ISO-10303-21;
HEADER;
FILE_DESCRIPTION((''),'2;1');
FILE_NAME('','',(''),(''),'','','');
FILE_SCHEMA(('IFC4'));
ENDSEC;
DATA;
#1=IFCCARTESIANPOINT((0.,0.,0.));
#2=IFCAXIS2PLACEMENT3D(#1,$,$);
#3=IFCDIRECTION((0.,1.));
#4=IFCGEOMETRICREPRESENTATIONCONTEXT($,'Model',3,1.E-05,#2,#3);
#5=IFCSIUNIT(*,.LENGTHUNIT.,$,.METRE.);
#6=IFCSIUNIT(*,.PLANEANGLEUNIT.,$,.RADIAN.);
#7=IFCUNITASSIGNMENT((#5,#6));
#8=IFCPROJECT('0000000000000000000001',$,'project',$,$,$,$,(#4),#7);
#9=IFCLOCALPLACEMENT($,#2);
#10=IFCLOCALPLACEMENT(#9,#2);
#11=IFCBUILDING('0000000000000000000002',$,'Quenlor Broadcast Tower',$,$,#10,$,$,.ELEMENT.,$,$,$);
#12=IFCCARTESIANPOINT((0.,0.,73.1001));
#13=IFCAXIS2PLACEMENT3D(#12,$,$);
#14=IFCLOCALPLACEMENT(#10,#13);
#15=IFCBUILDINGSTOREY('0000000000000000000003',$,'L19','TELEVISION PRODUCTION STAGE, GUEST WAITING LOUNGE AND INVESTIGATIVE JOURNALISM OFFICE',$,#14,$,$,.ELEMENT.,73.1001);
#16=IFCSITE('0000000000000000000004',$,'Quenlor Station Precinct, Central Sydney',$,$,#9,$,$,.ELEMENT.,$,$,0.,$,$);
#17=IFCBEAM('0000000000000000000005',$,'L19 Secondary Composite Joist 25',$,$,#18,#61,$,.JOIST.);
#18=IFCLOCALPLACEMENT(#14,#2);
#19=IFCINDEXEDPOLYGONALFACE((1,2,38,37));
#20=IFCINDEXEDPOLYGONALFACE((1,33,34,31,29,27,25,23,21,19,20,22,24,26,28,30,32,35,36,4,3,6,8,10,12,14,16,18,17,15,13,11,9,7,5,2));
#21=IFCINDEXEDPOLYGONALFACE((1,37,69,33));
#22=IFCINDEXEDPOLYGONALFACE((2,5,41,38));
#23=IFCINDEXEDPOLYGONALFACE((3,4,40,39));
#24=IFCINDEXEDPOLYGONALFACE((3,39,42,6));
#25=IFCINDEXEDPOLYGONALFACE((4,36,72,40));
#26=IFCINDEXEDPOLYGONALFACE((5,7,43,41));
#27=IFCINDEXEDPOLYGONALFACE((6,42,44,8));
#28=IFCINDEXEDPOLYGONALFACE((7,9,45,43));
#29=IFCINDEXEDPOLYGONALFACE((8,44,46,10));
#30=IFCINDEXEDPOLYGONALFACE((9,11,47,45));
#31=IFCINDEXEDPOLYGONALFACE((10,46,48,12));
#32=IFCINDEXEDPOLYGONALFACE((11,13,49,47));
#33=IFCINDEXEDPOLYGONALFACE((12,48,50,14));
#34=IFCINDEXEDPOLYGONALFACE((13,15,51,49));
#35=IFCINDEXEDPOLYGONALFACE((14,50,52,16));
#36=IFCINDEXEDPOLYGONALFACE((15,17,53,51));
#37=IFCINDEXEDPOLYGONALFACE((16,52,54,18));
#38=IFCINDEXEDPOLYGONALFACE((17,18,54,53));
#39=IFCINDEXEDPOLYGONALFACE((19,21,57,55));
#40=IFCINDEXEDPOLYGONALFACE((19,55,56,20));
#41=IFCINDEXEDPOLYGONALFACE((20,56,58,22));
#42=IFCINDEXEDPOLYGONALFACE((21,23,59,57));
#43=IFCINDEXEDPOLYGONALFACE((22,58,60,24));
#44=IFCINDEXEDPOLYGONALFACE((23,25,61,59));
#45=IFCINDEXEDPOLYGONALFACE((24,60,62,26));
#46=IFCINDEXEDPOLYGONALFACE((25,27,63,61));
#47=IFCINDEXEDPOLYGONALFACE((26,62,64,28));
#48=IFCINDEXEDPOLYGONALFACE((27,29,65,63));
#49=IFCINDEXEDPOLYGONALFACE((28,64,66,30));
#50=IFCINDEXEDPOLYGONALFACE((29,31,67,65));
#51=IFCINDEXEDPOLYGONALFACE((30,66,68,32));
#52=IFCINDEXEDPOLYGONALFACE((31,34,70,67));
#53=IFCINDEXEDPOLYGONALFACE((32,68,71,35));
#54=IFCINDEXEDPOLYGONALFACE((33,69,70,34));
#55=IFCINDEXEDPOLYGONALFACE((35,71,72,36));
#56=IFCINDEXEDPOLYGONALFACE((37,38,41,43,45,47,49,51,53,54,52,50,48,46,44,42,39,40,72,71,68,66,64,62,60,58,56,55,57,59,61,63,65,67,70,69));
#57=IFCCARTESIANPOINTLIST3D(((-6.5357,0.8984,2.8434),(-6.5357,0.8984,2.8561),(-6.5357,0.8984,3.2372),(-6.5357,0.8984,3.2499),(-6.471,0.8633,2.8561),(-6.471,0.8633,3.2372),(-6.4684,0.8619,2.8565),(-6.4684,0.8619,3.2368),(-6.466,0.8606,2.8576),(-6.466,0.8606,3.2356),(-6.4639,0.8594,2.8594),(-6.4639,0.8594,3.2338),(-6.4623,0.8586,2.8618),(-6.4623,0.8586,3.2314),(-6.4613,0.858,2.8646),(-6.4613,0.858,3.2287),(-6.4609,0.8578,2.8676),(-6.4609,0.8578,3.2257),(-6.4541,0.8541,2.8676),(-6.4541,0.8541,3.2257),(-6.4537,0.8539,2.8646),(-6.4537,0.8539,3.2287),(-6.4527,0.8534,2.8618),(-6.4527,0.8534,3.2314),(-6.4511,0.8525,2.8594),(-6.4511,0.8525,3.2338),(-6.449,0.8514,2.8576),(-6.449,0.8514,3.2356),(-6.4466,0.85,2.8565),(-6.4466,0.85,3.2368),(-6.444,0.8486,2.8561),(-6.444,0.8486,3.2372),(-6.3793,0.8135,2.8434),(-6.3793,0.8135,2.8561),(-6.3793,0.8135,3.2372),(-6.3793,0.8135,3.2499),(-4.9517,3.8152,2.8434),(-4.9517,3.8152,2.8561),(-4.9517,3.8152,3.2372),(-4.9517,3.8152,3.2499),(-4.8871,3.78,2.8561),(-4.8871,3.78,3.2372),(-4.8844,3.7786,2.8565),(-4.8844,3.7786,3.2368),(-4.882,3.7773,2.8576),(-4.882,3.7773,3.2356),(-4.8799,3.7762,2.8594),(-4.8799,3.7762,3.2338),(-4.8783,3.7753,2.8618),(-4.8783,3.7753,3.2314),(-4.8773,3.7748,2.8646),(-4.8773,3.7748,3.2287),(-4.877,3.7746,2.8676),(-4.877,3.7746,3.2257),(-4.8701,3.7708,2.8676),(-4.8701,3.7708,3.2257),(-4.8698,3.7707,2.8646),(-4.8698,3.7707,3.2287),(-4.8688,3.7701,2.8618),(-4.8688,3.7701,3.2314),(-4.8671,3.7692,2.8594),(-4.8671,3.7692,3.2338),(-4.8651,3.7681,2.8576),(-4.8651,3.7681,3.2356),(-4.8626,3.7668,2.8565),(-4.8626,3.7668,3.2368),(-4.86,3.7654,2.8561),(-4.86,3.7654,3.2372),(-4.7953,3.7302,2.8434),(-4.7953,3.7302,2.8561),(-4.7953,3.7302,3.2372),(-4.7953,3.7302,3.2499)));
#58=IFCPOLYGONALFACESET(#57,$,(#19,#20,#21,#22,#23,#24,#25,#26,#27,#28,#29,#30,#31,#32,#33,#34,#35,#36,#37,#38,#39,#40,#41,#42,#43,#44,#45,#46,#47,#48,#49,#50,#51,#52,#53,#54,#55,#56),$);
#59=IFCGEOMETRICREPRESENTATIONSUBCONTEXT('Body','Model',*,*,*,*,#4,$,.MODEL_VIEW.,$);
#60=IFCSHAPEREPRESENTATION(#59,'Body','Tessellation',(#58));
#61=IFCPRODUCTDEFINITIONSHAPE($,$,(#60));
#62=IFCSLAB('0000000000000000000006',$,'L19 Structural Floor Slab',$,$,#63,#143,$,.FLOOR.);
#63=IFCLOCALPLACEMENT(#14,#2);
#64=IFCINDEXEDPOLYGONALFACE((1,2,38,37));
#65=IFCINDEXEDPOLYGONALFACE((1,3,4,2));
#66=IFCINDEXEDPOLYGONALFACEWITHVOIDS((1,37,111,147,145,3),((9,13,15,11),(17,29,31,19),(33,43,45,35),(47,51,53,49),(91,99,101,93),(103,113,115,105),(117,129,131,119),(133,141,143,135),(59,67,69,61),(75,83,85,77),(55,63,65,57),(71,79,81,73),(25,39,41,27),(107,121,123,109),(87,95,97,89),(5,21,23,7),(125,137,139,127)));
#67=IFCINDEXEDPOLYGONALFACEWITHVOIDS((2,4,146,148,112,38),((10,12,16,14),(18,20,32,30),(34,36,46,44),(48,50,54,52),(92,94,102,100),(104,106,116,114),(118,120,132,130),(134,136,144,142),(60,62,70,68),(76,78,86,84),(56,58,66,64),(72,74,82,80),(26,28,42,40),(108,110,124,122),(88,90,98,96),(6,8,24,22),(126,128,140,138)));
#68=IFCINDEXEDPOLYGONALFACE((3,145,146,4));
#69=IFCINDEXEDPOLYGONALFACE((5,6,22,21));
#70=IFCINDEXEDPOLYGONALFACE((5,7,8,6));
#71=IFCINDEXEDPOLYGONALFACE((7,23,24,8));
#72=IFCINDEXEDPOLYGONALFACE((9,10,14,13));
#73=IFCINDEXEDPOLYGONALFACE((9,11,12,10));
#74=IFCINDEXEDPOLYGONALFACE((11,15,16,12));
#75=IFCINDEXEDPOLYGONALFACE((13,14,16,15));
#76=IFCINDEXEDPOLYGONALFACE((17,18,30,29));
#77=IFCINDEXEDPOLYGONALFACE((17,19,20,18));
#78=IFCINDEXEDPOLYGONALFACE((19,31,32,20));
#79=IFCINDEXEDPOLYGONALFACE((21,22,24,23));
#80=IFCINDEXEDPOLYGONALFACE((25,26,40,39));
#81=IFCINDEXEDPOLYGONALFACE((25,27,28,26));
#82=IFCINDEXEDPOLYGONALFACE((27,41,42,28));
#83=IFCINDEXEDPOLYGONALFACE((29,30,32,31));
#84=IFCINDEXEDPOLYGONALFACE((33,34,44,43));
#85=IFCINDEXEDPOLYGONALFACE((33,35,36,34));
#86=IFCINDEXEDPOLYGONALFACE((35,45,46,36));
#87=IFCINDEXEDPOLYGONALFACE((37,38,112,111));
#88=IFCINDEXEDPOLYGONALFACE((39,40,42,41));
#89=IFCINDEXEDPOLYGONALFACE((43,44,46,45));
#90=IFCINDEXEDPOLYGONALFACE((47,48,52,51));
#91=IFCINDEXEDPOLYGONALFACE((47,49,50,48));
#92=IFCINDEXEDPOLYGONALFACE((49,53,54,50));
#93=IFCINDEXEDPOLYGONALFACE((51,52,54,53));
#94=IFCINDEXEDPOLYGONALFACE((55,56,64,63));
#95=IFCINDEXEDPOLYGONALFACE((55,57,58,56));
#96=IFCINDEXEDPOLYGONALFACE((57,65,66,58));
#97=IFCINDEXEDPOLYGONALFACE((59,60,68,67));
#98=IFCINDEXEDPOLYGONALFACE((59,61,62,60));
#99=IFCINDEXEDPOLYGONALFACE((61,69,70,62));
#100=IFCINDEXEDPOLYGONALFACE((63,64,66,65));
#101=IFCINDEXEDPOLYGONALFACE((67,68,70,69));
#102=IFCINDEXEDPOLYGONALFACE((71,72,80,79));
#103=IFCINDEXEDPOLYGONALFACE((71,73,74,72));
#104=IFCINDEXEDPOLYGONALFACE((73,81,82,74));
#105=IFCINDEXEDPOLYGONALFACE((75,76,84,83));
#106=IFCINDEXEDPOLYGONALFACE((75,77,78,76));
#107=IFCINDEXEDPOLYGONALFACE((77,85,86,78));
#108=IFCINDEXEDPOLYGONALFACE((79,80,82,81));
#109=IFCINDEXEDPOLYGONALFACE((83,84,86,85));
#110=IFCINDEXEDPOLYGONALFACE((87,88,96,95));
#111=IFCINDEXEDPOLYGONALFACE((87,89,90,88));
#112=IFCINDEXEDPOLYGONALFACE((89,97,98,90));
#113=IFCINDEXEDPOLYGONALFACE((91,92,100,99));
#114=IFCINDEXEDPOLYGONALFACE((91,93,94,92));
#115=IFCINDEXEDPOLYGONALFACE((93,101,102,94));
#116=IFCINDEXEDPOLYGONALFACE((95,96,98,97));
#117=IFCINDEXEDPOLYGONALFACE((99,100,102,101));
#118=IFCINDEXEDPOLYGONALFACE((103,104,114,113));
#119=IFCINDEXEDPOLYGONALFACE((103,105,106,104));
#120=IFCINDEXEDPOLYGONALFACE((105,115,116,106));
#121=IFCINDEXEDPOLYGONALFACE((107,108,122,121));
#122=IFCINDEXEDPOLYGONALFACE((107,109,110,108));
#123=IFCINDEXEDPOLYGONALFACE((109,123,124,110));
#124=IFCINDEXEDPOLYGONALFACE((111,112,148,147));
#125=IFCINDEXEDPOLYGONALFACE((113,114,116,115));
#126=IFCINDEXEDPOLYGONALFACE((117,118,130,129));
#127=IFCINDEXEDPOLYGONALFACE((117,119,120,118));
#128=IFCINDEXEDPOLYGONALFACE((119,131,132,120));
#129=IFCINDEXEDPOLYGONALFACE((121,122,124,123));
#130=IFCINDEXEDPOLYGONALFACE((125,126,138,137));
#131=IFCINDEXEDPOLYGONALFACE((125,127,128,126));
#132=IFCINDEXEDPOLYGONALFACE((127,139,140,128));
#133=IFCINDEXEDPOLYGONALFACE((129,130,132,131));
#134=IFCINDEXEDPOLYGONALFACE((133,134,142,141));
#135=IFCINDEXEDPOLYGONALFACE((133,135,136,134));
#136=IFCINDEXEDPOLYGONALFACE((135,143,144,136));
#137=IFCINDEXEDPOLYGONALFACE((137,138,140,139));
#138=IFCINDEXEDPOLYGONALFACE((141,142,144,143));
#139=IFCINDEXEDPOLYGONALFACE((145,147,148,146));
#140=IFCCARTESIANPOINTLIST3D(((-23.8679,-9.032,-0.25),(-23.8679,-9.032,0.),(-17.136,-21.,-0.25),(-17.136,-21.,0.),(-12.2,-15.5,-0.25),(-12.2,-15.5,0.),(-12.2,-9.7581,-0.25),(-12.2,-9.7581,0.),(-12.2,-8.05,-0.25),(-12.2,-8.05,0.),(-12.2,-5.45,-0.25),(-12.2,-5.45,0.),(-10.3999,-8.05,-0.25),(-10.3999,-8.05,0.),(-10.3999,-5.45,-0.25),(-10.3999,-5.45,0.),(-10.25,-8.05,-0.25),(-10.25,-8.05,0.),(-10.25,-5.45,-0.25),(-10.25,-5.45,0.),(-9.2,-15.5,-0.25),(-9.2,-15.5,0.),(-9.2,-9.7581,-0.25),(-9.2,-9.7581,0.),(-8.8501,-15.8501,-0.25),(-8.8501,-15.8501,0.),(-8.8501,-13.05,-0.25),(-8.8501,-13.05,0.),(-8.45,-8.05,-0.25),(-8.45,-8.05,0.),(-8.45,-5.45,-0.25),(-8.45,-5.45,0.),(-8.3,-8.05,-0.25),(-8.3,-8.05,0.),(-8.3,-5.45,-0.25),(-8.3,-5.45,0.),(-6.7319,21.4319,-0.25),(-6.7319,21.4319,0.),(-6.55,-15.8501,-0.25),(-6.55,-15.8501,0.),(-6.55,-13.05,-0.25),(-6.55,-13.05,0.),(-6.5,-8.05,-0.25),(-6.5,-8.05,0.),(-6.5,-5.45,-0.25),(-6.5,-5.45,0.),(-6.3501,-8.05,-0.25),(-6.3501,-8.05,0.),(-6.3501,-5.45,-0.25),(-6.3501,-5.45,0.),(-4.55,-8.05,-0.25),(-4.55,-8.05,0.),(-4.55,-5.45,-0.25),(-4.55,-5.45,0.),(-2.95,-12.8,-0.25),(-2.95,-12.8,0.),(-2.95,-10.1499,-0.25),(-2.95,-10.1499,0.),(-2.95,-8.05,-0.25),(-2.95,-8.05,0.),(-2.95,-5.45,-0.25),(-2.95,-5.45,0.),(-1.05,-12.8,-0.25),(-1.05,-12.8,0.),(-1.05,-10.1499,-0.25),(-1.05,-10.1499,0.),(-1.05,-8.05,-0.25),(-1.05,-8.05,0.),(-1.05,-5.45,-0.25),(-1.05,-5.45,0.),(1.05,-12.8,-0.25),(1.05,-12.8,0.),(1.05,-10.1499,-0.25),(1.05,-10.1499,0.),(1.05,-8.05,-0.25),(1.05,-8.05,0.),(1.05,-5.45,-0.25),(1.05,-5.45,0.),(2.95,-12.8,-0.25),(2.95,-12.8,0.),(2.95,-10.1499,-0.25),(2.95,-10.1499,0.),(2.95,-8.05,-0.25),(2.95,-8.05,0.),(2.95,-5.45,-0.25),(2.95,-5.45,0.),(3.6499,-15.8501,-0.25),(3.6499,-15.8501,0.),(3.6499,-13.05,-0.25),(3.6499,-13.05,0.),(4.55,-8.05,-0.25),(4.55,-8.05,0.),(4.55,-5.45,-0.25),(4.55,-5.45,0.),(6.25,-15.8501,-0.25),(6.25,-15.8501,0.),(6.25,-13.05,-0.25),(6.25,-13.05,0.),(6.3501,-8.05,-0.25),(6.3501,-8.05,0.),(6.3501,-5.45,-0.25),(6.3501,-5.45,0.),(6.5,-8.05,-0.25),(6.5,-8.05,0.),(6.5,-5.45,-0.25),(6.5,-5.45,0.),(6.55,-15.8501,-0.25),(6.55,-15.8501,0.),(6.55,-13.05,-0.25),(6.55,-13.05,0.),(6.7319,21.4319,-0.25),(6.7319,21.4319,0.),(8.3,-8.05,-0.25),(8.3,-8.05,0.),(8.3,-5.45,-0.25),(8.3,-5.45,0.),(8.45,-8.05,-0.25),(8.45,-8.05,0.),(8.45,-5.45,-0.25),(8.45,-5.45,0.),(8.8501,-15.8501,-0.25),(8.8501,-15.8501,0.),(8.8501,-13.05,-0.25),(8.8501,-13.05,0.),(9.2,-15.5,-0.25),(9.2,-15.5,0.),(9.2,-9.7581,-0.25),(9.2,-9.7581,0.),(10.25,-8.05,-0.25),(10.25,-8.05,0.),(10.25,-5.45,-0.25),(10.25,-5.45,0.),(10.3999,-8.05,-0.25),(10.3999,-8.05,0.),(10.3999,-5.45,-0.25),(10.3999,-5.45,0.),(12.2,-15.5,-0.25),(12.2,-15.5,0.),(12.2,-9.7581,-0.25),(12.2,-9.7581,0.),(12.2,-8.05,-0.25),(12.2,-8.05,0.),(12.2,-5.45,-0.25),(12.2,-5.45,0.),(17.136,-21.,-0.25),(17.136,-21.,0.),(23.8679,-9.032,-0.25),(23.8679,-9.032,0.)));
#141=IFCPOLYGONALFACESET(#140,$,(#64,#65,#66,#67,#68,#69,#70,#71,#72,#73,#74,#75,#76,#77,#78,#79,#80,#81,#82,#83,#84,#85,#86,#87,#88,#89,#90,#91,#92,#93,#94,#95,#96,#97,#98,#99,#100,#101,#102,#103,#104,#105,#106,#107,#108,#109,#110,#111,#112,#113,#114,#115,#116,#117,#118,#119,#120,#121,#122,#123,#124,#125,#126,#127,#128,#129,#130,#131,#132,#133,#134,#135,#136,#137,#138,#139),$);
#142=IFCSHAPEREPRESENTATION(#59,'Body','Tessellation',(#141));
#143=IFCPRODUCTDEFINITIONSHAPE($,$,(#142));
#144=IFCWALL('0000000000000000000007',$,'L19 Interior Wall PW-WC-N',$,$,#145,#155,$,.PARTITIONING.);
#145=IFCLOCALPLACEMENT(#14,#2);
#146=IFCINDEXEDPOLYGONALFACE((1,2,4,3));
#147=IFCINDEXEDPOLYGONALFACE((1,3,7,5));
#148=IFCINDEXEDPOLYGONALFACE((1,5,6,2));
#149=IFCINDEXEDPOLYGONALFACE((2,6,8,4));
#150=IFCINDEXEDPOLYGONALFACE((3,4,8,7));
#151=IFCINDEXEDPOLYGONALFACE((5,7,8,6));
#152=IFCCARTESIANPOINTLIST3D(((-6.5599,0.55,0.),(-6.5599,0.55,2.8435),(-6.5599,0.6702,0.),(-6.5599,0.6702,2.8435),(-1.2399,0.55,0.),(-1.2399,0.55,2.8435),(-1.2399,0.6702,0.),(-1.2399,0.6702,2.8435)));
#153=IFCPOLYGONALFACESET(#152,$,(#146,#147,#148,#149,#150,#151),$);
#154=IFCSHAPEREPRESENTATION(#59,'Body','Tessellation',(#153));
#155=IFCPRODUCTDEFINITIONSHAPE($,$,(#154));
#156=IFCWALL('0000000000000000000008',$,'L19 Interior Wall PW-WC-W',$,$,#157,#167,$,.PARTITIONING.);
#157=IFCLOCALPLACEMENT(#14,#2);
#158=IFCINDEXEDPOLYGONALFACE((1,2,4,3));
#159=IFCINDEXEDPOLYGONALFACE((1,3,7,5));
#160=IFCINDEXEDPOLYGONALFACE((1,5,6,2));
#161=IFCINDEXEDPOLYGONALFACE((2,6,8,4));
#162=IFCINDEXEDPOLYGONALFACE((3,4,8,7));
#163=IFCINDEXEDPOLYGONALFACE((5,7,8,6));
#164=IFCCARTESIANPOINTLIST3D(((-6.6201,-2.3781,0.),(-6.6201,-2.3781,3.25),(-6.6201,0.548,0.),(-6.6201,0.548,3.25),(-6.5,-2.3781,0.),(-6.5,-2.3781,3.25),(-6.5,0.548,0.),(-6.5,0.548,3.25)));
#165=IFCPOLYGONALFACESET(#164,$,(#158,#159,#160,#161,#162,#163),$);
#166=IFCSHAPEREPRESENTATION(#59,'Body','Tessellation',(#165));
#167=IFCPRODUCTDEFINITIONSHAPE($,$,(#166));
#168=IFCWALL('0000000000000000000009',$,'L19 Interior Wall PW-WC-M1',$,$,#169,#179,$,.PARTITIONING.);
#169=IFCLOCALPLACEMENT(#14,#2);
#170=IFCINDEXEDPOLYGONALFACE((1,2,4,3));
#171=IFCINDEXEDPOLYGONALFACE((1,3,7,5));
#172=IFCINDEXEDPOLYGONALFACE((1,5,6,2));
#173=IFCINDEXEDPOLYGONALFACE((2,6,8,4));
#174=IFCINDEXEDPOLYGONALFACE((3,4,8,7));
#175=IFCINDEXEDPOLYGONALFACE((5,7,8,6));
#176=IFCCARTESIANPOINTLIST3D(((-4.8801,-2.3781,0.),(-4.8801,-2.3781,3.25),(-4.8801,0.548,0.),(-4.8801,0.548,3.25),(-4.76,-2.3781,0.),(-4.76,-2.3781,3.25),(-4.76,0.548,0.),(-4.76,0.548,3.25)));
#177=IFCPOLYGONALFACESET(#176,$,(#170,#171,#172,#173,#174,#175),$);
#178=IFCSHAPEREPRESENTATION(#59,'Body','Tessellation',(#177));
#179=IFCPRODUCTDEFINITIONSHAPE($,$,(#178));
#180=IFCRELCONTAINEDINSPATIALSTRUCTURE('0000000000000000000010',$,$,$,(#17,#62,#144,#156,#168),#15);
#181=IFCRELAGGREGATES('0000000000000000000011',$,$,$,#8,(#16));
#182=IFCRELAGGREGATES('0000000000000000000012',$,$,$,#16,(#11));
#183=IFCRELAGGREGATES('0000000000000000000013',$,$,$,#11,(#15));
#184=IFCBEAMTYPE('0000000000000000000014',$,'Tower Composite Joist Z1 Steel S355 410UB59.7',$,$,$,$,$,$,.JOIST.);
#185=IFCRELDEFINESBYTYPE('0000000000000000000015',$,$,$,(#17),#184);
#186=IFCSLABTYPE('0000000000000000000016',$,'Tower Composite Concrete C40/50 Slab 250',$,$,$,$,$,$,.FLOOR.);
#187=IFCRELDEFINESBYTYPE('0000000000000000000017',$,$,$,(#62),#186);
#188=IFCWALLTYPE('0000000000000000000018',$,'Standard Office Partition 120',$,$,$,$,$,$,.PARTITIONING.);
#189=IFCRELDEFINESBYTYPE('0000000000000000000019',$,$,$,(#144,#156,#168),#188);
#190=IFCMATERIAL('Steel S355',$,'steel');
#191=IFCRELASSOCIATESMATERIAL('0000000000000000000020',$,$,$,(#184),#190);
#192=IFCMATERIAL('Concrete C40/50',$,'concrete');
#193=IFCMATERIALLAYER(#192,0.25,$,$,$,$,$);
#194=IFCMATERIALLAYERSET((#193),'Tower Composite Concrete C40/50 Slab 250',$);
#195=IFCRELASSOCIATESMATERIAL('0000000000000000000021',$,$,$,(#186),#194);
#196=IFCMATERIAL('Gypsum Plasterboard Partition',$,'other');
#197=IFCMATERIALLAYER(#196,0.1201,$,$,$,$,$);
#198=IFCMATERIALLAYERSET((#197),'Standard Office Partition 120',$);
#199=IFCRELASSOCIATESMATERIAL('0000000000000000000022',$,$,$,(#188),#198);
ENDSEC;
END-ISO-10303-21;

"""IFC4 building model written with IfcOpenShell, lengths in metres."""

from ifc_helpers import new_model, si_unit, direction, frame, frame_2d, origin, origin_2d, place, context, subcontext, project, spatial, polyline, rectangle, i_section, outline, extrude, material, layer, layer_set, material_profile, profile_set, type_object, element, save


model = new_model("IFC4")

# Units and contexts
model_context = context("Model", 3, precision=1e-05, world=origin(), true_north=direction((0.0, 1.0)))
body_context = subcontext(model_context, "Body", "Model", "MODEL_VIEW")
ifc_project = project(units=[si_unit("LENGTHUNIT", "METRE"), si_unit("PLANEANGLEUNIT", "RADIAN")], contexts=[model_context])

# Site, building, storey
site_placement = place(None, origin())
site = spatial("IfcSite", under=ifc_project, at=site_placement, Name="Quenlor Station Precinct, Central Sydney", CompositionType="ELEMENT", RefElevation=0.0)
building_placement = place(site_placement, origin())
building = spatial("IfcBuilding", under=site, at=building_placement, Name="Quenlor Broadcast Tower", CompositionType="ELEMENT")
storey_placement = place(building_placement, frame((0.0, 0.0, 73.1001)))
storey = spatial("IfcBuildingStorey", under=building, at=storey_placement, Name="L19", Description="TELEVISION PRODUCTION STAGE, GUEST WAITING LOUNGE AND INVESTIGATIVE JOURNALISM OFFICE", CompositionType="ELEMENT", Elevation=73.1001)

# Beam
ifc_material_1 = material(Name="Steel S355", Category="steel")
ifc_material_profile = material_profile(ifc_material_1, i_section(OverallWidth=0.178, OverallDepth=0.4065, WebThickness=0.0078, FlangeThickness=0.0127, FilletRadius=0.0115, at=origin_2d()))
ifc_profile_set = profile_set([ifc_material_profile], Name="Steel S355 410UB59.7")
beam_type = type_object("IfcBeamType", Name="Tower Composite Joist Z1 Steel S355 410UB59.7", PredefinedType="JOIST", material=ifc_profile_set)
beam_1_placement = place(storey_placement, frame((-4.8735, 3.7727, 3.0466), z_axis=(-0.477233, -0.878777, 0.0), x_axis=(0.878777, -0.477233, 0.0)))
element("IfcBeam", 1, at=beam_1_placement, inside=storey, type_object=beam_type, Name="L19 Secondary Composite Joist 25", PredefinedType="JOIST", context=body_context, shape_type="SweptSolid", body=[
    extrude(i_section(OverallWidth=0.178, OverallDepth=0.4065, WebThickness=0.0078, FlangeThickness=0.0127, FilletRadius=0.0115, at=origin_2d()), origin(), (0.0, 0.0, 1.0), 3.3191),
])

# Slab
ifc_material_2 = material(Name="Concrete C40/50", Category="concrete")
ifc_layer_1 = layer(ifc_material_2, 0.25)
ifc_layer_set_1 = layer_set([ifc_layer_1], Name="Tower Composite Concrete C40/50 Slab 250")
slab_type = type_object("IfcSlabType", Name="Tower Composite Concrete C40/50 Slab 250", PredefinedType="FLOOR", material=ifc_layer_set_1)
slab_placement = place(storey_placement, frame((0.0, 0.0, -0.25)))
element("IfcSlab", 2, at=slab_placement, inside=storey, type_object=slab_type, Name="L19 Structural Floor Slab", PredefinedType="FLOOR", context=body_context, shape_type="SweptSolid", body=[
    extrude(outline(polyline([(17.136, -21.0), (23.8679, -9.032), (6.7319, 21.4319), (-6.7319, 21.4319), (-23.8679, -9.032), (-17.136, -21.0), (17.136, -21.0)]), holes=[polyline([(-12.2, -9.7581), (-12.2, -15.5), (-9.2, -15.5), (-9.2, -9.7581), (-12.2, -9.7581)]), polyline([(9.2, -9.7581), (9.2, -15.5), (12.2, -15.5), (12.2, -9.7581), (9.2, -9.7581)]), polyline([(-12.2, -8.05), (-10.3999, -8.05), (-10.3999, -5.45), (-12.2, -5.45), (-12.2, -8.05)]), polyline([(-10.25, -8.05), (-8.45, -8.05), (-8.45, -5.45), (-10.25, -5.45), (-10.25, -8.05)]), polyline([(-8.3, -8.05), (-6.5, -8.05), (-6.5, -5.45), (-8.3, -5.45), (-8.3, -8.05)]), polyline([(-6.3501, -8.05), (-4.55, -8.05), (-4.55, -5.45), (-6.3501, -5.45), (-6.3501, -8.05)]), polyline([(-2.95, -8.05), (-1.05, -8.05), (-1.05, -5.45), (-2.95, -5.45), (-2.95, -8.05)]), polyline([(1.05, -8.05), (2.95, -8.05), (2.95, -5.45), (1.05, -5.45), (1.05, -8.05)]), polyline([(-2.95, -12.8), (-1.05, -12.8), (-1.05, -10.1499), (-2.95, -10.1499), (-2.95, -12.8)]), polyline([(1.05, -12.8), (2.95, -12.8), (2.95, -10.1499), (1.05, -10.1499), (1.05, -12.8)]), polyline([(4.55, -8.05), (6.3501, -8.05), (6.3501, -5.45), (4.55, -5.45), (4.55, -8.05)]), polyline([(6.5, -8.05), (8.3, -8.05), (8.3, -5.45), (6.5, -5.45), (6.5, -8.05)]), polyline([(8.45, -8.05), (10.25, -8.05), (10.25, -5.45), (8.45, -5.45), (8.45, -8.05)]), polyline([(10.3999, -8.05), (12.2, -8.05), (12.2, -5.45), (10.3999, -5.45), (10.3999, -8.05)]), polyline([(-8.8501, -15.8501), (-6.55, -15.8501), (-6.55, -13.05), (-8.8501, -13.05), (-8.8501, -15.8501)]), polyline([(6.55, -15.8501), (8.8501, -15.8501), (8.8501, -13.05), (6.55, -13.05), (6.55, -15.8501)]), polyline([(3.6499, -15.8501), (6.25, -15.8501), (6.25, -13.05), (3.6499, -13.05), (3.6499, -15.8501)])]), origin(), (0.0, 0.0, 1.0), 0.25),
])

# Shared definitions
ifc_material_3 = material(Name="Gypsum Plasterboard Partition", Category="other")
ifc_layer_2 = layer(ifc_material_3, 0.1201)
ifc_layer_set_2 = layer_set([ifc_layer_2], Name="Standard Office Partition 120")
wall_type = type_object("IfcWallType", Name="Standard Office Partition 120", PredefinedType="PARTITIONING", material=ifc_layer_set_2)

# Walls
wall_1_placement = place(storey_placement, frame((-6.5601, 0.6101, 0.0), z_axis=(0.0, 0.0, 1.0), x_axis=(1.0, 0.0, 0.0)))
element("IfcWall", 3, at=wall_1_placement, inside=storey, type_object=wall_type, Name="L19 Interior Wall PW-WC-N", PredefinedType="PARTITIONING", context=body_context, shape_type="SweptSolid", body=[
    extrude(rectangle(XDim=5.3201, YDim=0.1201, at=frame_2d((2.6602, 0.0))), origin(), (0.0, 0.0, 1.0), 2.8435),
])
for number, where, z_axis, x_axis, name in (
    (4, (-6.5601, -2.3779, 0.0), (0.0, 0.0, 1.0), (0.0, 1.0, 0.0), "L19 Interior Wall PW-WC-W"),
    (5, (-4.8201, -2.3779, 0.0), (0.0, 0.0, 1.0), (0.0, 1.0, 0.0), "L19 Interior Wall PW-WC-M1"),
):
    element("IfcWall", number, at=place(storey_placement, frame(where, z_axis=z_axis, x_axis=x_axis)), inside=storey, type_object=wall_type, Name=name, PredefinedType="PARTITIONING", context=body_context, shape_type="SweptSolid", body=[
        extrude(rectangle(XDim=2.926, YDim=0.1201, at=frame_2d((1.4629, 0.0))), origin(), (0.0, 0.0, 1.0), 3.25),
    ])

save(model, "model.ifc")
